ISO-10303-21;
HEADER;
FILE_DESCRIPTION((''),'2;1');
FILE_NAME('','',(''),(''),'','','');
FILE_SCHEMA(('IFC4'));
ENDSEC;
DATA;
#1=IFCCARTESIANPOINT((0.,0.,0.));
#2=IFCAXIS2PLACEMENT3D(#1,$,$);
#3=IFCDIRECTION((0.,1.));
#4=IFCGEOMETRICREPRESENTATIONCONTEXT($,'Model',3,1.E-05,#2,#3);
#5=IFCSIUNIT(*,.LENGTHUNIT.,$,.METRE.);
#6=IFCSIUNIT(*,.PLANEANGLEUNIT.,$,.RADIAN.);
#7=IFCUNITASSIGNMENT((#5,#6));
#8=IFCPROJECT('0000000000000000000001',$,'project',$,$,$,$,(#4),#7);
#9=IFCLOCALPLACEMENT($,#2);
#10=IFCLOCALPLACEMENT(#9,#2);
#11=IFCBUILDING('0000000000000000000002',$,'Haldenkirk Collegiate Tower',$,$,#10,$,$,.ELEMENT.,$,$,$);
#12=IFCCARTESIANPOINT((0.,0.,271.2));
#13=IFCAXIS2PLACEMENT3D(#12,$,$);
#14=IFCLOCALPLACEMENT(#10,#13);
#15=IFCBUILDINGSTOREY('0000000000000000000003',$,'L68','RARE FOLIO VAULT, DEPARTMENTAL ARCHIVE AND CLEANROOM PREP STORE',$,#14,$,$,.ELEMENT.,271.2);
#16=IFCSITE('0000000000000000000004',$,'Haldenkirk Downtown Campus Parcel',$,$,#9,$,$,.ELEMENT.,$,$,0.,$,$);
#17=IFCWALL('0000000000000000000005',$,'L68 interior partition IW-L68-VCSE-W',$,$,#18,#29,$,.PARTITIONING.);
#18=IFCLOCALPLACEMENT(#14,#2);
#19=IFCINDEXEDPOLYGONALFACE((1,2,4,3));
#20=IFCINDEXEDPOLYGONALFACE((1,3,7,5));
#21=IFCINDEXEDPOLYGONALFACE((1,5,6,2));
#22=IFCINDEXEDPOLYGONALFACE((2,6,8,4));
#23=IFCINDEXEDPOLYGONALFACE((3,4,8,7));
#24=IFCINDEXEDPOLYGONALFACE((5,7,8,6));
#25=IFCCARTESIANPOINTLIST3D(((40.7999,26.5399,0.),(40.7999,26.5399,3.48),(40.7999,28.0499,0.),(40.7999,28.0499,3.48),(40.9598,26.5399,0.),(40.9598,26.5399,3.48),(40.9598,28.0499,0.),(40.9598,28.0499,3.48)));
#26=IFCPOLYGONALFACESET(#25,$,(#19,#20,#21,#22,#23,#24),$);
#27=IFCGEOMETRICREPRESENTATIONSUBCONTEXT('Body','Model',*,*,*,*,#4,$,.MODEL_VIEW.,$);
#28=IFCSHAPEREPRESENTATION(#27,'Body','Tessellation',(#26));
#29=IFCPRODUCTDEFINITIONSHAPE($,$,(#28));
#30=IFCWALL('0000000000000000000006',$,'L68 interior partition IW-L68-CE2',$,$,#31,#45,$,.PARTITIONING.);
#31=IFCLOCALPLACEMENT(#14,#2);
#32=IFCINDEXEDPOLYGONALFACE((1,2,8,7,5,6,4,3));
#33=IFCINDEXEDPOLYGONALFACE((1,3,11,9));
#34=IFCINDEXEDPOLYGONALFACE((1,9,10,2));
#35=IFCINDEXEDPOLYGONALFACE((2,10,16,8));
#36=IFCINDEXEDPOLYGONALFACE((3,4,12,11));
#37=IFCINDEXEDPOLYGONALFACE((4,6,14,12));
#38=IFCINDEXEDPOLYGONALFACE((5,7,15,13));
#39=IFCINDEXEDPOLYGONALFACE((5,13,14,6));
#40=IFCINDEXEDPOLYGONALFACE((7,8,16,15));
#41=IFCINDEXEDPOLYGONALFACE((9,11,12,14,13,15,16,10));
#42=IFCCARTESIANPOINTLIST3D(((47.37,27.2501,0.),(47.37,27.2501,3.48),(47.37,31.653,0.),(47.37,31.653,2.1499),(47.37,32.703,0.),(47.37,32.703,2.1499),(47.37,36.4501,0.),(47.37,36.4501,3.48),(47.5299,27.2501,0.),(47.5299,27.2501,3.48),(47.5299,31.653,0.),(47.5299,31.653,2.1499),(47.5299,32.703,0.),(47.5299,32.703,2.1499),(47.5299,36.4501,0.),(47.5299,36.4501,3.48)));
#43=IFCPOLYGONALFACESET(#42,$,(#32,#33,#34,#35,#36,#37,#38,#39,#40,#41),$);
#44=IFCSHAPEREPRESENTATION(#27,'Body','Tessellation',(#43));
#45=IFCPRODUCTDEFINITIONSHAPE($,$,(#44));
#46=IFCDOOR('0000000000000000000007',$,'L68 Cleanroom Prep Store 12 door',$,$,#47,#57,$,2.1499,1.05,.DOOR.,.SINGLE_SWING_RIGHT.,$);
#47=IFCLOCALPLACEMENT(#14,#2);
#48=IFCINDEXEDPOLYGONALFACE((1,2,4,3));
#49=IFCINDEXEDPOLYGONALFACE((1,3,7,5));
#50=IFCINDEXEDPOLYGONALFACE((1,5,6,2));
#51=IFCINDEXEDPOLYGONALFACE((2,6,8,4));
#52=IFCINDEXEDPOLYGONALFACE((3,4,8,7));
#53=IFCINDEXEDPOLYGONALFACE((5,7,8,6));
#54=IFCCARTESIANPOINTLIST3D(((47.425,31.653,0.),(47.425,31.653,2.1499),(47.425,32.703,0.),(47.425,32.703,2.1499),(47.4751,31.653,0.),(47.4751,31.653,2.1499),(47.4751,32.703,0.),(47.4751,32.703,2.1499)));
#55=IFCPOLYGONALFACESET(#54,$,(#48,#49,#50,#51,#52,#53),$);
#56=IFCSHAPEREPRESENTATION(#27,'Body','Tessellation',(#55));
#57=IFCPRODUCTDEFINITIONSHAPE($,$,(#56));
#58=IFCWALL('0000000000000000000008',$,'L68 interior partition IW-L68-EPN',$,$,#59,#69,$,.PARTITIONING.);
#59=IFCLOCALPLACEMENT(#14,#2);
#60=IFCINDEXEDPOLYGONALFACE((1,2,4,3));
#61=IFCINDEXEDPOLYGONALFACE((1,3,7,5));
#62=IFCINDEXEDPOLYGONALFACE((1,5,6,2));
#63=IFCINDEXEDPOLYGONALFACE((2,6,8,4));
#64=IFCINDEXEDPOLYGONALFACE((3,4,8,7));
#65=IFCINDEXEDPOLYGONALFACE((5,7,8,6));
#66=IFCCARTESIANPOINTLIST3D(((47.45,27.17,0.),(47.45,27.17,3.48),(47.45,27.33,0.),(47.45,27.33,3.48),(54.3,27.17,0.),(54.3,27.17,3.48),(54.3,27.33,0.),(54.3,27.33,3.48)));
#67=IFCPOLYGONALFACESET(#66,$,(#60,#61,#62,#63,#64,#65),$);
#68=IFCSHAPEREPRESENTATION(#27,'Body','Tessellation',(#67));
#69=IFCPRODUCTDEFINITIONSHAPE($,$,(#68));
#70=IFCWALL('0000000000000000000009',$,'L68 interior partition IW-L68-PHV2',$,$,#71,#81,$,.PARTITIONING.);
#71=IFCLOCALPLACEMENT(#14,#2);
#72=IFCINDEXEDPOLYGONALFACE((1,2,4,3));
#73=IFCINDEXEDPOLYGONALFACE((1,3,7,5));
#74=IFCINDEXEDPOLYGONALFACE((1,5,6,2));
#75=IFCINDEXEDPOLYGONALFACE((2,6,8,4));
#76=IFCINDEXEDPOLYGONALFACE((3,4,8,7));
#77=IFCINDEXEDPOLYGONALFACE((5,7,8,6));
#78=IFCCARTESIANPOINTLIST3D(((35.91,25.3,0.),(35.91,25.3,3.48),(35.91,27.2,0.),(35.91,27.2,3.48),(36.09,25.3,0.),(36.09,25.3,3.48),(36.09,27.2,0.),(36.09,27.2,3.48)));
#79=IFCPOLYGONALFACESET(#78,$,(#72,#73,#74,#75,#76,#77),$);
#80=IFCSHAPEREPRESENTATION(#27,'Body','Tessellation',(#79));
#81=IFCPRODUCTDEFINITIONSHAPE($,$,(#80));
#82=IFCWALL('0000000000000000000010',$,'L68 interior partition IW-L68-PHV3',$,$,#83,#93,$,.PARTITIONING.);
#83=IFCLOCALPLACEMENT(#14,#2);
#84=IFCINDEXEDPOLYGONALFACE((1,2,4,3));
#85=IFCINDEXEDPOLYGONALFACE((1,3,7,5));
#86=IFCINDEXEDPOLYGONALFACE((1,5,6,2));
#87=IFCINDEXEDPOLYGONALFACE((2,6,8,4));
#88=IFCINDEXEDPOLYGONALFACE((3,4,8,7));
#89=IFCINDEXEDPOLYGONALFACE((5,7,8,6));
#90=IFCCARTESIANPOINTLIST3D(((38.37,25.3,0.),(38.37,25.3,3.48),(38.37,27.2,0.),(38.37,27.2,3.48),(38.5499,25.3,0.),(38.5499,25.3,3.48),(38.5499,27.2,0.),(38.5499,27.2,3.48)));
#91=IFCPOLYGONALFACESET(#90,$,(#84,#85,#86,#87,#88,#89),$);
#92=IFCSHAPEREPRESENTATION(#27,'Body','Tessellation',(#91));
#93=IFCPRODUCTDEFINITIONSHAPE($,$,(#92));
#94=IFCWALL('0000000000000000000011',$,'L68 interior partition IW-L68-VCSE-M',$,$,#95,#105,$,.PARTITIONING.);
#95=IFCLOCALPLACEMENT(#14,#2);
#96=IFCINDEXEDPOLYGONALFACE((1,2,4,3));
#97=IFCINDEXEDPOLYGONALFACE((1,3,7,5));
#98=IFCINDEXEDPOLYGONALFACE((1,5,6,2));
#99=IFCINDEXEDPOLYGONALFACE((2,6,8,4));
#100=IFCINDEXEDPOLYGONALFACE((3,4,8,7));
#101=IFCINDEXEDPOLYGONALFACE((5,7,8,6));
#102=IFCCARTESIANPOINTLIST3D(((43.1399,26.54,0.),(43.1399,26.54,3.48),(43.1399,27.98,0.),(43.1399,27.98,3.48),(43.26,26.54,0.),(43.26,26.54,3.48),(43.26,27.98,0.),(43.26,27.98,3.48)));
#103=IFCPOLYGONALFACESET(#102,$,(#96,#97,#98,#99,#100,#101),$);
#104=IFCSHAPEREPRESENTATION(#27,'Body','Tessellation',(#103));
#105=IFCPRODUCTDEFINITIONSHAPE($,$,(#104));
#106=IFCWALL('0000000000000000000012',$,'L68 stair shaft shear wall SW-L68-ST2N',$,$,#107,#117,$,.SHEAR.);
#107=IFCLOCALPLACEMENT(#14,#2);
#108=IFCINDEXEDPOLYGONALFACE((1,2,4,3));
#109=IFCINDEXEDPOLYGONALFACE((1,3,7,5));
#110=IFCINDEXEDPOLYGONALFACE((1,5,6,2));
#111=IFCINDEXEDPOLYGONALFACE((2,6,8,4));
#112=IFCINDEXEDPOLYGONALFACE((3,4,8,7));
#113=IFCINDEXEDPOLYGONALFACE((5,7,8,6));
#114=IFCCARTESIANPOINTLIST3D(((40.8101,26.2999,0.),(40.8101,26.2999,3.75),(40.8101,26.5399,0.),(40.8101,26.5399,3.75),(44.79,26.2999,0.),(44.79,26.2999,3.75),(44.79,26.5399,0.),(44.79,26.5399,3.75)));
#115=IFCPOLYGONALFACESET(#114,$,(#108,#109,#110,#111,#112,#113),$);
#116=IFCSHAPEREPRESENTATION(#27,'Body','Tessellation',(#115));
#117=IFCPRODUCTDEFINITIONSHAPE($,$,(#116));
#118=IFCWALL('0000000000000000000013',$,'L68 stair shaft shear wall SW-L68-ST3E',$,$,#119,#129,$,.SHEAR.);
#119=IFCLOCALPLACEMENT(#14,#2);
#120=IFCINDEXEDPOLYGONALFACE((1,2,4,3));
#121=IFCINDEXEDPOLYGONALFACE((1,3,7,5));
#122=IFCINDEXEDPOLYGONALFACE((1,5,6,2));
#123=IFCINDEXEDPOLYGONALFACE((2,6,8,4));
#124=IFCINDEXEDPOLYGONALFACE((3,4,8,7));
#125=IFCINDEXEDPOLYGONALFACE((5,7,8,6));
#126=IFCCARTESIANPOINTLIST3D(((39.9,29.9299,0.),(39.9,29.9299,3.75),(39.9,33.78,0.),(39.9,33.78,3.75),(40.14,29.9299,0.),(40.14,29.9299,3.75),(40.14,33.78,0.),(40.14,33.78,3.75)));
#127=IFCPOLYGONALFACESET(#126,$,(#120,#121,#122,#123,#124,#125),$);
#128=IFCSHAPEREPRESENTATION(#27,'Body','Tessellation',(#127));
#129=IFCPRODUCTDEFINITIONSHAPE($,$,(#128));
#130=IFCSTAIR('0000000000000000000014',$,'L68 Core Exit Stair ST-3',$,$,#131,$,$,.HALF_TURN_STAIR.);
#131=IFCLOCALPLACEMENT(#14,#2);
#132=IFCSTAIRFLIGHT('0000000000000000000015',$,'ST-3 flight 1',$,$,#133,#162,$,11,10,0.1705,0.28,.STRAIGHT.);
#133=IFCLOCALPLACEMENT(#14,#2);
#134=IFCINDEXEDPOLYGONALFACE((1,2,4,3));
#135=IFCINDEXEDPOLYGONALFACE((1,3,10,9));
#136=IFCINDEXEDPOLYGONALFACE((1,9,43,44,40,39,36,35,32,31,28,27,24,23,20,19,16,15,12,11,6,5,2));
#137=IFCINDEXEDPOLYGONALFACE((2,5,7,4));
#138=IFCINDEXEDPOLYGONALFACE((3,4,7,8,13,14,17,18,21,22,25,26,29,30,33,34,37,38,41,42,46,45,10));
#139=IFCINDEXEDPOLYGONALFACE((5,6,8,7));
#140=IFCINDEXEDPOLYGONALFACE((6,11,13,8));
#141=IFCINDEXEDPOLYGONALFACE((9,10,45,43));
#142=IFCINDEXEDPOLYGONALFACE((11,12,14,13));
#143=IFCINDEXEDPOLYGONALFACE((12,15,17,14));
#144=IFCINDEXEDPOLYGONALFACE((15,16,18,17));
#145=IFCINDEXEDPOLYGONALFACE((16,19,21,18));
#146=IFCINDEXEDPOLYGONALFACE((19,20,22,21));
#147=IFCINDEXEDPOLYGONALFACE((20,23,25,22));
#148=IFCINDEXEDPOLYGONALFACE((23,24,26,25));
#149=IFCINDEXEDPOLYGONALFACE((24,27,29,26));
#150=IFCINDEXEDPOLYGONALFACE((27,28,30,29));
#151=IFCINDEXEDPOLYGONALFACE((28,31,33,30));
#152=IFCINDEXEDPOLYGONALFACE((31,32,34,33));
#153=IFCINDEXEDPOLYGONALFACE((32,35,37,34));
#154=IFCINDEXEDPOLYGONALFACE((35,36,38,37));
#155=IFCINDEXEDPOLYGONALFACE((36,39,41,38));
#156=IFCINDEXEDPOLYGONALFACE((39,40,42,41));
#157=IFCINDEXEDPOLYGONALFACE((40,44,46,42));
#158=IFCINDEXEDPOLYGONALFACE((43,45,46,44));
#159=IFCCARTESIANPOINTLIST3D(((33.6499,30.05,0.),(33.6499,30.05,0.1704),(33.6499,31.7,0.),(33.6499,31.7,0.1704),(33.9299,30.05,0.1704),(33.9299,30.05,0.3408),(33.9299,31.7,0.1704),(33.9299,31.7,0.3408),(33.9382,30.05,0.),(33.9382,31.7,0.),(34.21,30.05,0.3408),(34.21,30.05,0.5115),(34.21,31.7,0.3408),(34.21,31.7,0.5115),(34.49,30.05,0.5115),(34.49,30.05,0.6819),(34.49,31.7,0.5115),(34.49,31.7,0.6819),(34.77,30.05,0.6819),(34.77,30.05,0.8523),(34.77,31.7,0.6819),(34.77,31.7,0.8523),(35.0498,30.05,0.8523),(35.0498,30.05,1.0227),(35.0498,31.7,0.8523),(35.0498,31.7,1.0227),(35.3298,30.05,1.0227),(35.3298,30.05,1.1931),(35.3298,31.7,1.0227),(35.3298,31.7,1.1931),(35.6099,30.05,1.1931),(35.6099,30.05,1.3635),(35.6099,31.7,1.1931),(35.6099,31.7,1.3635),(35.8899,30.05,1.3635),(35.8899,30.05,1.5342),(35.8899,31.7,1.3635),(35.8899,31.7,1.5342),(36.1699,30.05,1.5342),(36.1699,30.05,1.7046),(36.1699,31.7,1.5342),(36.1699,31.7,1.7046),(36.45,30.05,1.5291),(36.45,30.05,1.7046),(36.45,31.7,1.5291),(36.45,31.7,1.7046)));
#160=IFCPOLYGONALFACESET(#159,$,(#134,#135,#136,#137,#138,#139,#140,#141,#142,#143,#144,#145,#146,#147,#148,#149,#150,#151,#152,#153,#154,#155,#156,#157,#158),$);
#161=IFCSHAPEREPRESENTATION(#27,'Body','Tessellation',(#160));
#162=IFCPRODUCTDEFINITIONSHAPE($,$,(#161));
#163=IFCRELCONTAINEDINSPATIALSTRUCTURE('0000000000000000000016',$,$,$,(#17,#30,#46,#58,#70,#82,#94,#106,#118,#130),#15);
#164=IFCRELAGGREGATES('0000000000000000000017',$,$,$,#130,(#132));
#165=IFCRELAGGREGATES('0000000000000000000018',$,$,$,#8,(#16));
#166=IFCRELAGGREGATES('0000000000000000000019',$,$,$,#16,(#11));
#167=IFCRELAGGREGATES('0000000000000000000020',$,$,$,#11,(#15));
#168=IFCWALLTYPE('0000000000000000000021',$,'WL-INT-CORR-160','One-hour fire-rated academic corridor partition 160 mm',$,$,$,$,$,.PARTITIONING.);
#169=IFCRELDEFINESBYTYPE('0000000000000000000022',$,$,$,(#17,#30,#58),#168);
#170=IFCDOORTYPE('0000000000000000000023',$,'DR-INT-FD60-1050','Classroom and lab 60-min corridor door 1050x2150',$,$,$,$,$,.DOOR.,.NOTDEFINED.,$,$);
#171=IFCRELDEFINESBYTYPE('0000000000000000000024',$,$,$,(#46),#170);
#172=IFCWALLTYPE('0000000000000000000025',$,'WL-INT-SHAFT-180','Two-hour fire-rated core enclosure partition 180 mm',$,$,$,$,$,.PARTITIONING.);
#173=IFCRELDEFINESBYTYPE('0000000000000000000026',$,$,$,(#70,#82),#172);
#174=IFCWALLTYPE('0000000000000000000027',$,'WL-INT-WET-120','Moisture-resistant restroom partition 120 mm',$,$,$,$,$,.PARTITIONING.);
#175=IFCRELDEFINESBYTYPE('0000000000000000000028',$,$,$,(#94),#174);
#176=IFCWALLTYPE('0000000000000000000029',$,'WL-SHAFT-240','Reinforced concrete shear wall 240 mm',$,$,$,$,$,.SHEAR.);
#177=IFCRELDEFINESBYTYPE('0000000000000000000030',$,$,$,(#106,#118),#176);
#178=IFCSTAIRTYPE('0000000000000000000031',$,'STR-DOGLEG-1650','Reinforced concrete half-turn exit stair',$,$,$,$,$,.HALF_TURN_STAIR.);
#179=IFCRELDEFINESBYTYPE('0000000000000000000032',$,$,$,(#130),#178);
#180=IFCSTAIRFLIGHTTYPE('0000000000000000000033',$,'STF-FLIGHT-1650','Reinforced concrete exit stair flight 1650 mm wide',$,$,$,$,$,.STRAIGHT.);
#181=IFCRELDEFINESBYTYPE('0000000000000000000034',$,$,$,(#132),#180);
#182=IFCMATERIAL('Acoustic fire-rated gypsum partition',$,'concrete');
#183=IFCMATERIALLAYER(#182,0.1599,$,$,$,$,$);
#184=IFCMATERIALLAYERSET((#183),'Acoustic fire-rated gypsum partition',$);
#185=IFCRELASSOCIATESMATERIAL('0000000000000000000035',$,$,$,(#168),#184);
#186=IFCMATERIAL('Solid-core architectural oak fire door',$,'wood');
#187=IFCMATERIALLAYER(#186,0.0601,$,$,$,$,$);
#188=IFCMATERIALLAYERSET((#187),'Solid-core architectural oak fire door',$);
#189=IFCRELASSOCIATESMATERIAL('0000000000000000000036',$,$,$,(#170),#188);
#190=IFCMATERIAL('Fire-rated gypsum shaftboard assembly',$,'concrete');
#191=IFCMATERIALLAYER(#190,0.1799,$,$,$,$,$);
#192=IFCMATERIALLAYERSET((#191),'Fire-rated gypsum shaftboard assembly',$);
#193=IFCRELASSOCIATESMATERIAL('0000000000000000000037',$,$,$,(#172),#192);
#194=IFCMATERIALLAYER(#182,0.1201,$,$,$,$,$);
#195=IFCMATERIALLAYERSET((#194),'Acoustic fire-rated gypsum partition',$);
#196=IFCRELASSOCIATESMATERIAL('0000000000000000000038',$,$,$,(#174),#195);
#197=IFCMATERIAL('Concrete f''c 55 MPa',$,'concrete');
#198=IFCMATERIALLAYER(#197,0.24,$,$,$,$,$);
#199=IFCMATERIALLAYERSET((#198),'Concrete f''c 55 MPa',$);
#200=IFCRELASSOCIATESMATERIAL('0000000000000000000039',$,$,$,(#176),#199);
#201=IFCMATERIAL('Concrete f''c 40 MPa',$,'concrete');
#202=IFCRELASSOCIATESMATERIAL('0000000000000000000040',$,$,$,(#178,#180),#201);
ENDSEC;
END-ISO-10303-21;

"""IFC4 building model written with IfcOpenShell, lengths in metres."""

from ifc_helpers import new_model, si_unit, direction, frame, frame_2d, origin, place, context, subcontext, project, spatial, polyline, rectangle, outline, extrude, material, layer, layer_set, type_object, element, fill, aggregate, save


model = new_model("IFC4")

# Units and contexts
model_context = context("Model", 3, precision=1e-05, world=origin(), true_north=direction((0.0, 1.0)))
body_context = subcontext(model_context, "Body", "Model", "MODEL_VIEW")
ifc_project = project(units=[si_unit("LENGTHUNIT", "METRE"), si_unit("PLANEANGLEUNIT", "RADIAN")], contexts=[model_context])

# Site, building, storey
site_placement = place(None, origin())
site = spatial("IfcSite", under=ifc_project, at=site_placement, Name="Haldenkirk Downtown Campus Parcel", CompositionType="ELEMENT", RefElevation=0.0)
building_placement = place(site_placement, origin())
building = spatial("IfcBuilding", under=site, at=building_placement, Name="Haldenkirk Collegiate Tower", CompositionType="ELEMENT")
storey_placement = place(building_placement, frame((0.0, 0.0, 271.2)))
storey = spatial("IfcBuildingStorey", under=building, at=storey_placement, Name="L68", Description="RARE FOLIO VAULT, DEPARTMENTAL ARCHIVE AND CLEANROOM PREP STORE", CompositionType="ELEMENT", Elevation=271.2)

# Shared definitions
ifc_material_1 = material(Name="Acoustic fire-rated gypsum partition", Category="concrete")
ifc_layer_1 = layer(ifc_material_1, 0.1599)
ifc_layer_set_1 = layer_set([ifc_layer_1], Name="Acoustic fire-rated gypsum partition")
wall_type_1 = type_object("IfcWallType", Name="WL-INT-CORR-160", Description="One-hour fire-rated academic corridor partition 160 mm", PredefinedType="PARTITIONING", material=ifc_layer_set_1)
ifc_material_2 = material(Name="Solid-core architectural oak fire door", Category="wood")

# Wall
wall_1_placement = place(storey_placement, frame((40.8799, 26.54, 0.0), z_axis=(0.0, 0.0, 1.0), x_axis=(0.0, 1.0, 0.0)))
element("IfcWall", 1, at=wall_1_placement, inside=storey, type_object=wall_type_1, Name="L68 interior partition IW-L68-VCSE-W", PredefinedType="PARTITIONING", context=body_context, shape_type="SweptSolid", body=[
    extrude(rectangle(XDim=1.51, YDim=0.1599, at=frame_2d((0.7549, 0.0))), origin(), (0.0, 0.0, 1.0), 3.48),
])

# Wall, opening, door
wall_2_placement = place(storey_placement, frame((47.45, 27.25, 0.0), z_axis=(0.0, 0.0, 1.0), x_axis=(0.0, 1.0, 0.0)))
wall_2 = element("IfcWall", 2, at=wall_2_placement, inside=storey, type_object=wall_type_1, Name="L68 interior partition IW-L68-CE2", PredefinedType="PARTITIONING", context=body_context, shape_type="SweptSolid", body=[
    extrude(rectangle(XDim=9.2, YDim=0.1599, at=frame_2d((4.6001, 0.0))), origin(), (0.0, 0.0, 1.0), 3.48),
])
opening_1_placement = place(wall_2_placement, frame((4.4031, 0.0, 0.0)))
opening_1 = element("IfcOpeningElement", 3, at=opening_1_placement, cuts=wall_2, PredefinedType="OPENING", context=body_context, shape_type="SweptSolid", body=[
    extrude(rectangle(XDim=1.05, YDim=2.1499, at=frame_2d((0.5249, 1.075))), frame((0.0, 0.0898, 0.0), z_axis=(0.0, -1.0, 0.0), x_axis=(1.0, 0.0, 0.0)), (0.0, 0.0, 1.0), 0.1799),
])
ifc_layer_2 = layer(ifc_material_2, 0.0601)
ifc_layer_set_2 = layer_set([ifc_layer_2], Name="Solid-core architectural oak fire door")
door_type_1 = type_object("IfcDoorType", Name="DR-INT-FD60-1050", Description="Classroom and lab 60-min corridor door 1050x2150", OperationType="NOTDEFINED", PredefinedType="DOOR", material=ifc_layer_set_2)
door_1_placement = place(opening_1_placement, origin())
door_1 = element("IfcDoor", 4, at=door_1_placement, inside=storey, type_object=door_type_1, Name="L68 Cleanroom Prep Store 12 door", OperationType="SINGLE_SWING_RIGHT", OverallHeight=2.1499, OverallWidth=1.05, PredefinedType="DOOR", context=body_context, shape_type="SweptSolid", body=[
    extrude(rectangle(XDim=1.05, YDim=2.1499, at=frame_2d((0.5249, 1.075))), frame((0.0, 0.0249, 0.0), z_axis=(0.0, -1.0, 0.0), x_axis=(1.0, 0.0, 0.0)), (0.0, 0.0, 1.0), 0.05),
])
fill(opening_1, door_1)

# Walls
wall_3_placement = place(storey_placement, frame((47.45, 27.25, 0.0), z_axis=(0.0, 0.0, 1.0), x_axis=(1.0, 0.0, 0.0)))
element("IfcWall", 5, at=wall_3_placement, inside=storey, type_object=wall_type_1, Name="L68 interior partition IW-L68-EPN", PredefinedType="PARTITIONING", context=body_context, shape_type="SweptSolid", body=[
    extrude(rectangle(XDim=6.8501, YDim=0.1599, at=frame_2d((3.425, 0.0))), origin(), (0.0, 0.0, 1.0), 3.48),
])
ifc_material_3 = material(Name="Fire-rated gypsum shaftboard assembly", Category="concrete")
ifc_layer_3 = layer(ifc_material_3, 0.1799)
ifc_layer_set_3 = layer_set([ifc_layer_3], Name="Fire-rated gypsum shaftboard assembly")
wall_type_2 = type_object("IfcWallType", Name="WL-INT-SHAFT-180", Description="Two-hour fire-rated core enclosure partition 180 mm", PredefinedType="PARTITIONING", material=ifc_layer_set_3)
for number, where, z_axis, x_axis, name in (
    (6, (36.0, 25.3, 0.0), (0.0, 0.0, 1.0), (0.0, 1.0, 0.0), "L68 interior partition IW-L68-PHV2"),
    (7, (38.46, 25.3, 0.0), (0.0, 0.0, 1.0), (0.0, 1.0, 0.0), "L68 interior partition IW-L68-PHV3"),
):
    element("IfcWall", number, at=place(storey_placement, frame(where, z_axis=z_axis, x_axis=x_axis)), inside=storey, type_object=wall_type_2, Name=name, PredefinedType="PARTITIONING", context=body_context, shape_type="SweptSolid", body=[
        extrude(rectangle(XDim=1.8999, YDim=0.1799, at=frame_2d((0.95, 0.0))), origin(), (0.0, 0.0, 1.0), 3.48),
    ])
ifc_layer_4 = layer(ifc_material_1, 0.1201)
ifc_layer_set_4 = layer_set([ifc_layer_4], Name="Acoustic fire-rated gypsum partition")
wall_type_3 = type_object("IfcWallType", Name="WL-INT-WET-120", Description="Moisture-resistant restroom partition 120 mm", PredefinedType="PARTITIONING", material=ifc_layer_set_4)
wall_4_placement = place(storey_placement, frame((43.2, 26.54, 0.0), z_axis=(0.0, 0.0, 1.0), x_axis=(0.0, 1.0, 0.0)))
element("IfcWall", 8, at=wall_4_placement, inside=storey, type_object=wall_type_3, Name="L68 interior partition IW-L68-VCSE-M", PredefinedType="PARTITIONING", context=body_context, shape_type="SweptSolid", body=[
    extrude(rectangle(XDim=1.4399, YDim=0.1201, at=frame_2d((0.72, 0.0))), origin(), (0.0, 0.0, 1.0), 3.48),
])
ifc_material_4 = material(Name="Concrete f'c 55 MPa", Category="concrete")
ifc_layer_5 = layer(ifc_material_4, 0.24)
ifc_layer_set_5 = layer_set([ifc_layer_5], Name="Concrete f'c 55 MPa")
wall_type_4 = type_object("IfcWallType", Name="WL-SHAFT-240", Description="Reinforced concrete shear wall 240 mm", PredefinedType="SHEAR", material=ifc_layer_set_5)
wall_5_placement = place(storey_placement, frame((40.8101, 26.4199, 0.0), z_axis=(0.0, 0.0, 1.0), x_axis=(1.0, 0.0, 0.0)))
element("IfcWall", 9, at=wall_5_placement, inside=storey, type_object=wall_type_4, Name="L68 stair shaft shear wall SW-L68-ST2N", PredefinedType="SHEAR", context=body_context, shape_type="SweptSolid", body=[
    extrude(rectangle(XDim=3.98, YDim=0.24, at=frame_2d((1.99, 0.0))), origin(), (0.0, 0.0, 1.0), 3.75),
])
wall_6_placement = place(storey_placement, frame((40.02, 29.9299, 0.0), z_axis=(0.0, 0.0, 1.0), x_axis=(0.0, 1.0, 0.0)))
element("IfcWall", 10, at=wall_6_placement, inside=storey, type_object=wall_type_4, Name="L68 stair shaft shear wall SW-L68-ST3E", PredefinedType="SHEAR", context=body_context, shape_type="SweptSolid", body=[
    extrude(rectangle(XDim=3.8501, YDim=0.24, at=frame_2d((1.925, 0.0))), origin(), (0.0, 0.0, 1.0), 3.75),
])

# Stair, stair flight
ifc_material_5 = material(Name="Concrete f'c 40 MPa", Category="concrete")
stair_type = type_object("IfcStairType", Name="STR-DOGLEG-1650", Description="Reinforced concrete half-turn exit stair", PredefinedType="HALF_TURN_STAIR", material=ifc_material_5)
stair_placement = place(storey_placement, origin())
stair = element("IfcStair", 11, at=stair_placement, inside=storey, type_object=stair_type, Name="L68 Core Exit Stair ST-3", PredefinedType="HALF_TURN_STAIR")
stair_flight_type = type_object("IfcStairFlightType", Name="STF-FLIGHT-1650", Description="Reinforced concrete exit stair flight 1650 mm wide", PredefinedType="STRAIGHT", material=ifc_material_5)
stair_flight_1_placement = place(storey_placement, frame((33.6499, 30.875, 0.0), z_axis=(0.0, 0.0, 1.0), x_axis=(1.0, 0.0, 0.0)))
stair_flight_1 = element("IfcStairFlight", 12, at=stair_flight_1_placement, type_object=stair_flight_type, Name="ST-3 flight 1", NumberOfRisers=11, NumberOfTreads=10, PredefinedType="STRAIGHT", RiserHeight=0.1705, TreadLength=0.28, context=body_context, shape_type="SweptSolid", body=[
    extrude(outline(polyline([(0.0, 0.0), (0.0, 0.1704), (0.28, 0.1704), (0.28, 0.3408), (0.5601, 0.3408), (0.5601, 0.5115), (0.8401, 0.5115), (0.8401, 0.6819), (1.1201, 0.6819), (1.1201, 0.8523), (1.3999, 0.8523), (1.3999, 1.0227), (1.6799, 1.0227), (1.6799, 1.1931), (1.96, 1.1931), (1.96, 1.3635), (2.24, 1.3635), (2.24, 1.5342), (2.52, 1.5342), (2.52, 1.7046), (2.8, 1.7046), (2.8, 1.875), (2.8, 1.5291), (0.2883, 0.0), (0.0, 0.0)])), frame((0.0, 0.825, 0.0), z_axis=(0.0, -1.0, 0.0), x_axis=(1.0, 0.0, 0.0)), (0.0, 0.0, 1.0), 1.6499),
])
aggregate(stair, [stair_flight_1])

save(model, "model.ifc")
